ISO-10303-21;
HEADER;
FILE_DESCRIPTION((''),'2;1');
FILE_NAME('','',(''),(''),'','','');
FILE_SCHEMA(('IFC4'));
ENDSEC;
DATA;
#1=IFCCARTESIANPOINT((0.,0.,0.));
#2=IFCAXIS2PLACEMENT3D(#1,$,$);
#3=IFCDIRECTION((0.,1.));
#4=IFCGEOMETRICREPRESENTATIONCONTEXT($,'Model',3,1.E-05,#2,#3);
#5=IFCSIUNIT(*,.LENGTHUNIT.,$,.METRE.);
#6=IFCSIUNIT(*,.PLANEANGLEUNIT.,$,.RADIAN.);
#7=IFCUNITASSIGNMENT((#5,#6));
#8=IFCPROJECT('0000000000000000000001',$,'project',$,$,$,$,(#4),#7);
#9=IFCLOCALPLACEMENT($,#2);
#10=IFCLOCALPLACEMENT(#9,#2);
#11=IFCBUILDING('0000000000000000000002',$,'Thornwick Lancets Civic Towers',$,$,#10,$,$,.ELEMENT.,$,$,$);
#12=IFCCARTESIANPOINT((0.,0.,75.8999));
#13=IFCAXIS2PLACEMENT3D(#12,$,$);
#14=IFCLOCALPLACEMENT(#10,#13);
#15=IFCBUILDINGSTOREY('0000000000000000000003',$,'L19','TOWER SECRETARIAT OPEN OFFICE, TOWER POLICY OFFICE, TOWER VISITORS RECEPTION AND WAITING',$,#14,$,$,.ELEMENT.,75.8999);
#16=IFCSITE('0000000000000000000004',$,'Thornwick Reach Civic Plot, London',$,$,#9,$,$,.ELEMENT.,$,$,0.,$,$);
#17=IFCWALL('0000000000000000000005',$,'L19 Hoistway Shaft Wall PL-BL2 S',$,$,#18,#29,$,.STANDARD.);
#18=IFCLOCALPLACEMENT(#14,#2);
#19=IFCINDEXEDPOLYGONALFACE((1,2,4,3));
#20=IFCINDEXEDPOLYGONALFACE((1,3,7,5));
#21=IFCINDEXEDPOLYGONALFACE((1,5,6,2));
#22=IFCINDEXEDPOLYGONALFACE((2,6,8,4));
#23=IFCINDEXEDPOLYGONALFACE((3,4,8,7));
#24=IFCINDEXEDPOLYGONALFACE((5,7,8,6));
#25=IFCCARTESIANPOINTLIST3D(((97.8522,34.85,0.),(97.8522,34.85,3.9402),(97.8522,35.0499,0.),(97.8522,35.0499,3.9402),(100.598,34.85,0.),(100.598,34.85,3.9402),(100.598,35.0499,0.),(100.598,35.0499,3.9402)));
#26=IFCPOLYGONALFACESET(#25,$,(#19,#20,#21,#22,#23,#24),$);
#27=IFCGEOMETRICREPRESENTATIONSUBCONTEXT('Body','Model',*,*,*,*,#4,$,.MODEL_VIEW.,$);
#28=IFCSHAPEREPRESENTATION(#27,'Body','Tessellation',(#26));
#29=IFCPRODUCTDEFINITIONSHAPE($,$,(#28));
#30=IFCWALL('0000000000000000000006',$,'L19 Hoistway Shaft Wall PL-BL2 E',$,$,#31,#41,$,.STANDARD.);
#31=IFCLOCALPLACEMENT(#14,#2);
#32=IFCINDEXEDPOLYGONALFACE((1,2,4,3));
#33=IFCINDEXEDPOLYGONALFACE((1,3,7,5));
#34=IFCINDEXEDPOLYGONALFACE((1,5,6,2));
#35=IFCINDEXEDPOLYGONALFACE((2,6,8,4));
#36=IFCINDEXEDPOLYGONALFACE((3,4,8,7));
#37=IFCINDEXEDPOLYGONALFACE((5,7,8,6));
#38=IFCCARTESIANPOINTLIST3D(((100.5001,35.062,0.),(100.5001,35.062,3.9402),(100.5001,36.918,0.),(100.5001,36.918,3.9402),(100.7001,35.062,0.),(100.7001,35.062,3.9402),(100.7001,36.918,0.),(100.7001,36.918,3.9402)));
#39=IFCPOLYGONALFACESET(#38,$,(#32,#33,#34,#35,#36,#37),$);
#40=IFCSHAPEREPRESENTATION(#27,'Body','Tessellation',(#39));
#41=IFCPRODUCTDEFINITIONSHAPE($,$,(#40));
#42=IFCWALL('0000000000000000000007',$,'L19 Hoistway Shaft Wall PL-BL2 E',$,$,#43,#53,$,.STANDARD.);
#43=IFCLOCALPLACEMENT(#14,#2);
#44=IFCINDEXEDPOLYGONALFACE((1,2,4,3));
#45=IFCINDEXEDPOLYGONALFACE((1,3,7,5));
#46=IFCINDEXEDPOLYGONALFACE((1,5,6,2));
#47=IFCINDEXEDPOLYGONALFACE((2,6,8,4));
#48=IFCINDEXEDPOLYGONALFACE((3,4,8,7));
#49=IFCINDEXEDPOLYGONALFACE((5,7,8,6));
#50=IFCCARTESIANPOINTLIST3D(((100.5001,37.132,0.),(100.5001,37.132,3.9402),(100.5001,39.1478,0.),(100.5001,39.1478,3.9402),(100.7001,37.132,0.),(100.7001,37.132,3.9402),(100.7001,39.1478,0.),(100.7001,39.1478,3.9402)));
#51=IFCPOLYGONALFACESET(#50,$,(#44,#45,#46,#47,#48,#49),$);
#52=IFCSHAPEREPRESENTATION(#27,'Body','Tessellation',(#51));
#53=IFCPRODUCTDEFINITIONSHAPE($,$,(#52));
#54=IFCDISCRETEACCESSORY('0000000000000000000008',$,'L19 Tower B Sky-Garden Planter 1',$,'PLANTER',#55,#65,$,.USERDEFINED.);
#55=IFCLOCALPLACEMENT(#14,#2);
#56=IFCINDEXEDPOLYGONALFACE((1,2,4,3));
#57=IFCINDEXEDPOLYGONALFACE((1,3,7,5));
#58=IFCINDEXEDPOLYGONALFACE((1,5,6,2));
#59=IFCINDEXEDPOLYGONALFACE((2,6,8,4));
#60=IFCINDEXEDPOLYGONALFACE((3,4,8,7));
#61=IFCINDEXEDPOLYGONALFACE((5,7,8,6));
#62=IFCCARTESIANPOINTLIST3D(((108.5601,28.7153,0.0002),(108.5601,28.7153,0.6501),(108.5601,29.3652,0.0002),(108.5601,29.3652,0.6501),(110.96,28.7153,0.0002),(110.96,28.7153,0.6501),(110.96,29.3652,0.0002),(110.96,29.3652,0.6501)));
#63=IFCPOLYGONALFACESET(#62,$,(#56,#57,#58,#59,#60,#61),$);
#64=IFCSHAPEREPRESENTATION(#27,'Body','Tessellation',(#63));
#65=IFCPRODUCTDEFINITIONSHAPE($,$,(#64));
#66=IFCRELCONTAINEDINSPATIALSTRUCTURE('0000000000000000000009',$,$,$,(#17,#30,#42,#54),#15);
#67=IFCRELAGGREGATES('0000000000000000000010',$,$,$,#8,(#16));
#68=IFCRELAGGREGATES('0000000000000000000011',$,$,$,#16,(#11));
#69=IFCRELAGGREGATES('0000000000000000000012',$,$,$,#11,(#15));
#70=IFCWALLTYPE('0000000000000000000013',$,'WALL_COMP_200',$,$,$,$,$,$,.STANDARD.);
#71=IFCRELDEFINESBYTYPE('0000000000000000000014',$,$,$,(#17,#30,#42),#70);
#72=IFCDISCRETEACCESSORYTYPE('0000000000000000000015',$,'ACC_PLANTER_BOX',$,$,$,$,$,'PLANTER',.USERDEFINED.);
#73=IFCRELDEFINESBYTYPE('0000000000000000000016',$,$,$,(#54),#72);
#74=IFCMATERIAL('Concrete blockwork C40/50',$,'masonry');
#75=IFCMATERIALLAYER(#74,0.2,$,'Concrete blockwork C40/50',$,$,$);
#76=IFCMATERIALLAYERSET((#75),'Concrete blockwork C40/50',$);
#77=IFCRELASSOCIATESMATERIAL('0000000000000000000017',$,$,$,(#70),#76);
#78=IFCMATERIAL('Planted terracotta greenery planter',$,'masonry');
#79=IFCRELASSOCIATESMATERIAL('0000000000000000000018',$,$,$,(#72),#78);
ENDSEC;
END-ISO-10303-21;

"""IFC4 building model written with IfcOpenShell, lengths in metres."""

from ifc_helpers import new_model, si_unit, direction, frame, frame_2d, origin, origin_2d, place, context, subcontext, project, spatial, rectangle, extrude, material, layer, layer_set, type_object, element, save


model = new_model("IFC4")

# Units and contexts
model_context = context("Model", 3, precision=1e-05, world=origin(), true_north=direction((0.0, 1.0)))
body_context = subcontext(model_context, "Body", "Model", "MODEL_VIEW")
ifc_project = project(units=[si_unit("LENGTHUNIT", "METRE"), si_unit("PLANEANGLEUNIT", "RADIAN")], contexts=[model_context])

# Site, building, storey
site_placement = place(None, origin())
site = spatial("IfcSite", under=ifc_project, at=site_placement, Name="Thornwick Reach Civic Plot, London", CompositionType="ELEMENT", RefElevation=0.0)
building_placement = place(site_placement, origin())
building = spatial("IfcBuilding", under=site, at=building_placement, Name="Thornwick Lancets Civic Towers", CompositionType="ELEMENT")
storey_placement = place(building_placement, frame((0.0, 0.0, 75.8999)))
storey = spatial("IfcBuildingStorey", under=building, at=storey_placement, Name="L19", Description="TOWER SECRETARIAT OPEN OFFICE, TOWER POLICY OFFICE, TOWER VISITORS RECEPTION AND WAITING", CompositionType="ELEMENT", Elevation=75.8999)

# Shared definitions
ifc_material_1 = material(Name="Concrete blockwork C40/50", Category="masonry")
ifc_layer = layer(ifc_material_1, 0.2, Name="Concrete blockwork C40/50")
ifc_layer_set = layer_set([ifc_layer], Name="Concrete blockwork C40/50")
wall_type = type_object("IfcWallType", Name="WALL_COMP_200", PredefinedType="STANDARD", material=ifc_layer_set)

# Walls
for number, where, z_axis, x_axis, name in (
    (1, (97.8521, 34.95, 0.0), (0.0, 0.0, 1.0), (1.0, 0.0, 0.0), "L19 Hoistway Shaft Wall PL-BL2 S"),
):
    element("IfcWall", number, at=place(storey_placement, frame(where, z_axis=z_axis, x_axis=x_axis)), inside=storey, type_object=wall_type, Name=name, PredefinedType="STANDARD", context=body_context, shape_type="SweptSolid", body=[
        extrude(rectangle(XDim=2.7458, YDim=0.2, at=frame_2d((1.373, 0.0))), origin(), (0.0, 0.0, 1.0), 3.9402),
    ])
wall_1_placement = place(storey_placement, frame((100.6001, 35.062, 0.0), z_axis=(0.0, 0.0, 1.0), x_axis=(0.0, 1.0, 0.0)))
element("IfcWall", 2, at=wall_1_placement, inside=storey, type_object=wall_type, Name="L19 Hoistway Shaft Wall PL-BL2 E", PredefinedType="STANDARD", context=body_context, shape_type="SweptSolid", body=[
    extrude(rectangle(XDim=1.856, YDim=0.2, at=frame_2d((0.928, 0.0))), origin(), (0.0, 0.0, 1.0), 3.9402),
])
wall_2_placement = place(storey_placement, frame((100.6001, 37.1321, 0.0), z_axis=(0.0, 0.0, 1.0), x_axis=(0.0, 1.0, 0.0)))
element("IfcWall", 3, at=wall_2_placement, inside=storey, type_object=wall_type, Name="L19 Hoistway Shaft Wall PL-BL2 E", PredefinedType="STANDARD", context=body_context, shape_type="SweptSolid", body=[
    extrude(rectangle(XDim=2.0159, YDim=0.2, at=frame_2d((1.0078, 0.0))), origin(), (0.0, 0.0, 1.0), 3.9402),
])

# Discrete accessory
ifc_material_2 = material(Name="Planted terracotta greenery planter", Category="masonry")
discrete_accessory_type = type_object("IfcDiscreteAccessoryType", Name="ACC_PLANTER_BOX", ElementType="PLANTER", PredefinedType="USERDEFINED", material=ifc_material_2)
discrete_accessory_placement = place(storey_placement, frame((109.76, 29.0403, 0.0002), z_axis=(0.0, 0.0, 1.0), x_axis=(1.0, 0.0, 0.0)))
element("IfcDiscreteAccessory", 4, at=discrete_accessory_placement, inside=storey, type_object=discrete_accessory_type, Name="L19 Tower B Sky-Garden Planter 1", ObjectType="PLANTER", PredefinedType="USERDEFINED", context=body_context, shape_type="SweptSolid", body=[
    extrude(rectangle(XDim=2.3999, YDim=0.6499, at=origin_2d()), origin(), (0.0, 0.0, 1.0), 0.6499),
])

save(model, "model.ifc")
